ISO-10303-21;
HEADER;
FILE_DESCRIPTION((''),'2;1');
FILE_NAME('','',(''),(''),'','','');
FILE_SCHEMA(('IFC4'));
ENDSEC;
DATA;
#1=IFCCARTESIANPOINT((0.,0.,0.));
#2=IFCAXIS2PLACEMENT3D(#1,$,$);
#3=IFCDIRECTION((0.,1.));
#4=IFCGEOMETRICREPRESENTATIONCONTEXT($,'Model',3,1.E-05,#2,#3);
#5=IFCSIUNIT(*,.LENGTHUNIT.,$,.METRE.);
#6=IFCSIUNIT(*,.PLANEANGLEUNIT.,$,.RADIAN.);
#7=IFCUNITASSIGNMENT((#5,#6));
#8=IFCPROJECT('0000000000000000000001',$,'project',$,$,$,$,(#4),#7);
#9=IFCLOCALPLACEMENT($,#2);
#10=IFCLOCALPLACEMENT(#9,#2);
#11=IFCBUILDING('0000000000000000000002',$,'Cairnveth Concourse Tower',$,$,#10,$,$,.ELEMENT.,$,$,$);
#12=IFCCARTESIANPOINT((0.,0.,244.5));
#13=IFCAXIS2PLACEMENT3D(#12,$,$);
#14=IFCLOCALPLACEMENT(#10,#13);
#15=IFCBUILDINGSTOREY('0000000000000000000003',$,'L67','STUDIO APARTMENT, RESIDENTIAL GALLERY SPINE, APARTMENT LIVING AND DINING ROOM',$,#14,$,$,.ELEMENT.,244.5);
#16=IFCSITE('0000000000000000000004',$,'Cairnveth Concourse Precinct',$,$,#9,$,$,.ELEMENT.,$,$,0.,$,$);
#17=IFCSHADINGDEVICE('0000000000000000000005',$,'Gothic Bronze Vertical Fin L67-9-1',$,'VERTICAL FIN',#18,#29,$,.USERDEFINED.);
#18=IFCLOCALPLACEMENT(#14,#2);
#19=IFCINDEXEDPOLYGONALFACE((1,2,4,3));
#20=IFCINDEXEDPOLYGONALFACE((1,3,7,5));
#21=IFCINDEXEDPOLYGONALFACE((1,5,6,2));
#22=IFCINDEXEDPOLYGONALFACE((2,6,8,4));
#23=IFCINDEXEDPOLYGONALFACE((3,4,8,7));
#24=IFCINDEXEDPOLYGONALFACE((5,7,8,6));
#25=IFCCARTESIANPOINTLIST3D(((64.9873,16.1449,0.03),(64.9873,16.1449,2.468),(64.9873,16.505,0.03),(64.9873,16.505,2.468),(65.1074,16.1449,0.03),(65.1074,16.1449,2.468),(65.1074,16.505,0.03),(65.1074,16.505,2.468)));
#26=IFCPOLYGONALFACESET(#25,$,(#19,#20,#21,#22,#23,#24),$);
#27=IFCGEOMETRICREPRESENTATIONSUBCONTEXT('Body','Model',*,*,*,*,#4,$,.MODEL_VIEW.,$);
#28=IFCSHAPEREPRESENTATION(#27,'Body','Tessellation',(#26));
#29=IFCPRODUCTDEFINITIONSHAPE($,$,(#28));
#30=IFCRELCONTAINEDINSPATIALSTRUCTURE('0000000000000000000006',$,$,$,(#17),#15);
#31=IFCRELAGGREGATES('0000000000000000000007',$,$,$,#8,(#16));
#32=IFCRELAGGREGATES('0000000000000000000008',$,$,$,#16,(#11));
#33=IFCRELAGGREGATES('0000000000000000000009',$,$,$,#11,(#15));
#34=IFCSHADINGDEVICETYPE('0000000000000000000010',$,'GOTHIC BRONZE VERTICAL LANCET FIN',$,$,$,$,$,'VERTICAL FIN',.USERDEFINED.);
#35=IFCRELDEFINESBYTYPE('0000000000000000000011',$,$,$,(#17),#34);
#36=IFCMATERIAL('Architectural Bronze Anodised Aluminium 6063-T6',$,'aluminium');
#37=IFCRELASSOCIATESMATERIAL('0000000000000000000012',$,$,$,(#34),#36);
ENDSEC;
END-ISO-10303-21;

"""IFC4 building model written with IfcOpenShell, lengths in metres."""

from ifc_helpers import new_model, si_unit, direction, frame, origin, origin_2d, place, context, subcontext, project, spatial, rectangle, extrude, material, type_object, element, save


model = new_model("IFC4")

# Units and contexts
model_context = context("Model", 3, precision=1e-05, world=origin(), true_north=direction((0.0, 1.0)))
body_context = subcontext(model_context, "Body", "Model", "MODEL_VIEW")
ifc_project = project(units=[si_unit("LENGTHUNIT", "METRE"), si_unit("PLANEANGLEUNIT", "RADIAN")], contexts=[model_context])

# Site, building, storey
site_placement = place(None, origin())
site = spatial("IfcSite", under=ifc_project, at=site_placement, Name="Cairnveth Concourse Precinct", CompositionType="ELEMENT", RefElevation=0.0)
building_placement = place(site_placement, origin())
building = spatial("IfcBuilding", under=site, at=building_placement, Name="Cairnveth Concourse Tower", CompositionType="ELEMENT")
storey_placement = place(building_placement, frame((0.0, 0.0, 244.5)))
storey = spatial("IfcBuildingStorey", under=building, at=storey_placement, Name="L67", Description="STUDIO APARTMENT, RESIDENTIAL GALLERY SPINE, APARTMENT LIVING AND DINING ROOM", CompositionType="ELEMENT", Elevation=244.5)

# Shading device
ifc_material_1 = material(Name="Architectural Bronze Anodised Aluminium 6063-T6", Category="aluminium")
shading_device_type = type_object("IfcShadingDeviceType", Name="GOTHIC BRONZE VERTICAL LANCET FIN", ElementType="VERTICAL FIN", PredefinedType="USERDEFINED", material=ifc_material_1)
shading_device_placement = place(storey_placement, frame((65.0474, 16.325, 0.03), z_axis=(0.0, 0.0, 1.0), x_axis=(1.0, 0.0, 0.0)))
element("IfcShadingDevice", 1, at=shading_device_placement, inside=storey, type_object=shading_device_type, Name="Gothic Bronze Vertical Fin L67-9-1", ObjectType="VERTICAL FIN", PredefinedType="USERDEFINED", context=body_context, shape_type="SweptSolid", body=[
    extrude(rectangle(XDim=0.1201, YDim=0.3601, at=origin_2d()), origin(), (0.0, 0.0, 1.0), 2.438),
])

save(model, "model.ifc")
